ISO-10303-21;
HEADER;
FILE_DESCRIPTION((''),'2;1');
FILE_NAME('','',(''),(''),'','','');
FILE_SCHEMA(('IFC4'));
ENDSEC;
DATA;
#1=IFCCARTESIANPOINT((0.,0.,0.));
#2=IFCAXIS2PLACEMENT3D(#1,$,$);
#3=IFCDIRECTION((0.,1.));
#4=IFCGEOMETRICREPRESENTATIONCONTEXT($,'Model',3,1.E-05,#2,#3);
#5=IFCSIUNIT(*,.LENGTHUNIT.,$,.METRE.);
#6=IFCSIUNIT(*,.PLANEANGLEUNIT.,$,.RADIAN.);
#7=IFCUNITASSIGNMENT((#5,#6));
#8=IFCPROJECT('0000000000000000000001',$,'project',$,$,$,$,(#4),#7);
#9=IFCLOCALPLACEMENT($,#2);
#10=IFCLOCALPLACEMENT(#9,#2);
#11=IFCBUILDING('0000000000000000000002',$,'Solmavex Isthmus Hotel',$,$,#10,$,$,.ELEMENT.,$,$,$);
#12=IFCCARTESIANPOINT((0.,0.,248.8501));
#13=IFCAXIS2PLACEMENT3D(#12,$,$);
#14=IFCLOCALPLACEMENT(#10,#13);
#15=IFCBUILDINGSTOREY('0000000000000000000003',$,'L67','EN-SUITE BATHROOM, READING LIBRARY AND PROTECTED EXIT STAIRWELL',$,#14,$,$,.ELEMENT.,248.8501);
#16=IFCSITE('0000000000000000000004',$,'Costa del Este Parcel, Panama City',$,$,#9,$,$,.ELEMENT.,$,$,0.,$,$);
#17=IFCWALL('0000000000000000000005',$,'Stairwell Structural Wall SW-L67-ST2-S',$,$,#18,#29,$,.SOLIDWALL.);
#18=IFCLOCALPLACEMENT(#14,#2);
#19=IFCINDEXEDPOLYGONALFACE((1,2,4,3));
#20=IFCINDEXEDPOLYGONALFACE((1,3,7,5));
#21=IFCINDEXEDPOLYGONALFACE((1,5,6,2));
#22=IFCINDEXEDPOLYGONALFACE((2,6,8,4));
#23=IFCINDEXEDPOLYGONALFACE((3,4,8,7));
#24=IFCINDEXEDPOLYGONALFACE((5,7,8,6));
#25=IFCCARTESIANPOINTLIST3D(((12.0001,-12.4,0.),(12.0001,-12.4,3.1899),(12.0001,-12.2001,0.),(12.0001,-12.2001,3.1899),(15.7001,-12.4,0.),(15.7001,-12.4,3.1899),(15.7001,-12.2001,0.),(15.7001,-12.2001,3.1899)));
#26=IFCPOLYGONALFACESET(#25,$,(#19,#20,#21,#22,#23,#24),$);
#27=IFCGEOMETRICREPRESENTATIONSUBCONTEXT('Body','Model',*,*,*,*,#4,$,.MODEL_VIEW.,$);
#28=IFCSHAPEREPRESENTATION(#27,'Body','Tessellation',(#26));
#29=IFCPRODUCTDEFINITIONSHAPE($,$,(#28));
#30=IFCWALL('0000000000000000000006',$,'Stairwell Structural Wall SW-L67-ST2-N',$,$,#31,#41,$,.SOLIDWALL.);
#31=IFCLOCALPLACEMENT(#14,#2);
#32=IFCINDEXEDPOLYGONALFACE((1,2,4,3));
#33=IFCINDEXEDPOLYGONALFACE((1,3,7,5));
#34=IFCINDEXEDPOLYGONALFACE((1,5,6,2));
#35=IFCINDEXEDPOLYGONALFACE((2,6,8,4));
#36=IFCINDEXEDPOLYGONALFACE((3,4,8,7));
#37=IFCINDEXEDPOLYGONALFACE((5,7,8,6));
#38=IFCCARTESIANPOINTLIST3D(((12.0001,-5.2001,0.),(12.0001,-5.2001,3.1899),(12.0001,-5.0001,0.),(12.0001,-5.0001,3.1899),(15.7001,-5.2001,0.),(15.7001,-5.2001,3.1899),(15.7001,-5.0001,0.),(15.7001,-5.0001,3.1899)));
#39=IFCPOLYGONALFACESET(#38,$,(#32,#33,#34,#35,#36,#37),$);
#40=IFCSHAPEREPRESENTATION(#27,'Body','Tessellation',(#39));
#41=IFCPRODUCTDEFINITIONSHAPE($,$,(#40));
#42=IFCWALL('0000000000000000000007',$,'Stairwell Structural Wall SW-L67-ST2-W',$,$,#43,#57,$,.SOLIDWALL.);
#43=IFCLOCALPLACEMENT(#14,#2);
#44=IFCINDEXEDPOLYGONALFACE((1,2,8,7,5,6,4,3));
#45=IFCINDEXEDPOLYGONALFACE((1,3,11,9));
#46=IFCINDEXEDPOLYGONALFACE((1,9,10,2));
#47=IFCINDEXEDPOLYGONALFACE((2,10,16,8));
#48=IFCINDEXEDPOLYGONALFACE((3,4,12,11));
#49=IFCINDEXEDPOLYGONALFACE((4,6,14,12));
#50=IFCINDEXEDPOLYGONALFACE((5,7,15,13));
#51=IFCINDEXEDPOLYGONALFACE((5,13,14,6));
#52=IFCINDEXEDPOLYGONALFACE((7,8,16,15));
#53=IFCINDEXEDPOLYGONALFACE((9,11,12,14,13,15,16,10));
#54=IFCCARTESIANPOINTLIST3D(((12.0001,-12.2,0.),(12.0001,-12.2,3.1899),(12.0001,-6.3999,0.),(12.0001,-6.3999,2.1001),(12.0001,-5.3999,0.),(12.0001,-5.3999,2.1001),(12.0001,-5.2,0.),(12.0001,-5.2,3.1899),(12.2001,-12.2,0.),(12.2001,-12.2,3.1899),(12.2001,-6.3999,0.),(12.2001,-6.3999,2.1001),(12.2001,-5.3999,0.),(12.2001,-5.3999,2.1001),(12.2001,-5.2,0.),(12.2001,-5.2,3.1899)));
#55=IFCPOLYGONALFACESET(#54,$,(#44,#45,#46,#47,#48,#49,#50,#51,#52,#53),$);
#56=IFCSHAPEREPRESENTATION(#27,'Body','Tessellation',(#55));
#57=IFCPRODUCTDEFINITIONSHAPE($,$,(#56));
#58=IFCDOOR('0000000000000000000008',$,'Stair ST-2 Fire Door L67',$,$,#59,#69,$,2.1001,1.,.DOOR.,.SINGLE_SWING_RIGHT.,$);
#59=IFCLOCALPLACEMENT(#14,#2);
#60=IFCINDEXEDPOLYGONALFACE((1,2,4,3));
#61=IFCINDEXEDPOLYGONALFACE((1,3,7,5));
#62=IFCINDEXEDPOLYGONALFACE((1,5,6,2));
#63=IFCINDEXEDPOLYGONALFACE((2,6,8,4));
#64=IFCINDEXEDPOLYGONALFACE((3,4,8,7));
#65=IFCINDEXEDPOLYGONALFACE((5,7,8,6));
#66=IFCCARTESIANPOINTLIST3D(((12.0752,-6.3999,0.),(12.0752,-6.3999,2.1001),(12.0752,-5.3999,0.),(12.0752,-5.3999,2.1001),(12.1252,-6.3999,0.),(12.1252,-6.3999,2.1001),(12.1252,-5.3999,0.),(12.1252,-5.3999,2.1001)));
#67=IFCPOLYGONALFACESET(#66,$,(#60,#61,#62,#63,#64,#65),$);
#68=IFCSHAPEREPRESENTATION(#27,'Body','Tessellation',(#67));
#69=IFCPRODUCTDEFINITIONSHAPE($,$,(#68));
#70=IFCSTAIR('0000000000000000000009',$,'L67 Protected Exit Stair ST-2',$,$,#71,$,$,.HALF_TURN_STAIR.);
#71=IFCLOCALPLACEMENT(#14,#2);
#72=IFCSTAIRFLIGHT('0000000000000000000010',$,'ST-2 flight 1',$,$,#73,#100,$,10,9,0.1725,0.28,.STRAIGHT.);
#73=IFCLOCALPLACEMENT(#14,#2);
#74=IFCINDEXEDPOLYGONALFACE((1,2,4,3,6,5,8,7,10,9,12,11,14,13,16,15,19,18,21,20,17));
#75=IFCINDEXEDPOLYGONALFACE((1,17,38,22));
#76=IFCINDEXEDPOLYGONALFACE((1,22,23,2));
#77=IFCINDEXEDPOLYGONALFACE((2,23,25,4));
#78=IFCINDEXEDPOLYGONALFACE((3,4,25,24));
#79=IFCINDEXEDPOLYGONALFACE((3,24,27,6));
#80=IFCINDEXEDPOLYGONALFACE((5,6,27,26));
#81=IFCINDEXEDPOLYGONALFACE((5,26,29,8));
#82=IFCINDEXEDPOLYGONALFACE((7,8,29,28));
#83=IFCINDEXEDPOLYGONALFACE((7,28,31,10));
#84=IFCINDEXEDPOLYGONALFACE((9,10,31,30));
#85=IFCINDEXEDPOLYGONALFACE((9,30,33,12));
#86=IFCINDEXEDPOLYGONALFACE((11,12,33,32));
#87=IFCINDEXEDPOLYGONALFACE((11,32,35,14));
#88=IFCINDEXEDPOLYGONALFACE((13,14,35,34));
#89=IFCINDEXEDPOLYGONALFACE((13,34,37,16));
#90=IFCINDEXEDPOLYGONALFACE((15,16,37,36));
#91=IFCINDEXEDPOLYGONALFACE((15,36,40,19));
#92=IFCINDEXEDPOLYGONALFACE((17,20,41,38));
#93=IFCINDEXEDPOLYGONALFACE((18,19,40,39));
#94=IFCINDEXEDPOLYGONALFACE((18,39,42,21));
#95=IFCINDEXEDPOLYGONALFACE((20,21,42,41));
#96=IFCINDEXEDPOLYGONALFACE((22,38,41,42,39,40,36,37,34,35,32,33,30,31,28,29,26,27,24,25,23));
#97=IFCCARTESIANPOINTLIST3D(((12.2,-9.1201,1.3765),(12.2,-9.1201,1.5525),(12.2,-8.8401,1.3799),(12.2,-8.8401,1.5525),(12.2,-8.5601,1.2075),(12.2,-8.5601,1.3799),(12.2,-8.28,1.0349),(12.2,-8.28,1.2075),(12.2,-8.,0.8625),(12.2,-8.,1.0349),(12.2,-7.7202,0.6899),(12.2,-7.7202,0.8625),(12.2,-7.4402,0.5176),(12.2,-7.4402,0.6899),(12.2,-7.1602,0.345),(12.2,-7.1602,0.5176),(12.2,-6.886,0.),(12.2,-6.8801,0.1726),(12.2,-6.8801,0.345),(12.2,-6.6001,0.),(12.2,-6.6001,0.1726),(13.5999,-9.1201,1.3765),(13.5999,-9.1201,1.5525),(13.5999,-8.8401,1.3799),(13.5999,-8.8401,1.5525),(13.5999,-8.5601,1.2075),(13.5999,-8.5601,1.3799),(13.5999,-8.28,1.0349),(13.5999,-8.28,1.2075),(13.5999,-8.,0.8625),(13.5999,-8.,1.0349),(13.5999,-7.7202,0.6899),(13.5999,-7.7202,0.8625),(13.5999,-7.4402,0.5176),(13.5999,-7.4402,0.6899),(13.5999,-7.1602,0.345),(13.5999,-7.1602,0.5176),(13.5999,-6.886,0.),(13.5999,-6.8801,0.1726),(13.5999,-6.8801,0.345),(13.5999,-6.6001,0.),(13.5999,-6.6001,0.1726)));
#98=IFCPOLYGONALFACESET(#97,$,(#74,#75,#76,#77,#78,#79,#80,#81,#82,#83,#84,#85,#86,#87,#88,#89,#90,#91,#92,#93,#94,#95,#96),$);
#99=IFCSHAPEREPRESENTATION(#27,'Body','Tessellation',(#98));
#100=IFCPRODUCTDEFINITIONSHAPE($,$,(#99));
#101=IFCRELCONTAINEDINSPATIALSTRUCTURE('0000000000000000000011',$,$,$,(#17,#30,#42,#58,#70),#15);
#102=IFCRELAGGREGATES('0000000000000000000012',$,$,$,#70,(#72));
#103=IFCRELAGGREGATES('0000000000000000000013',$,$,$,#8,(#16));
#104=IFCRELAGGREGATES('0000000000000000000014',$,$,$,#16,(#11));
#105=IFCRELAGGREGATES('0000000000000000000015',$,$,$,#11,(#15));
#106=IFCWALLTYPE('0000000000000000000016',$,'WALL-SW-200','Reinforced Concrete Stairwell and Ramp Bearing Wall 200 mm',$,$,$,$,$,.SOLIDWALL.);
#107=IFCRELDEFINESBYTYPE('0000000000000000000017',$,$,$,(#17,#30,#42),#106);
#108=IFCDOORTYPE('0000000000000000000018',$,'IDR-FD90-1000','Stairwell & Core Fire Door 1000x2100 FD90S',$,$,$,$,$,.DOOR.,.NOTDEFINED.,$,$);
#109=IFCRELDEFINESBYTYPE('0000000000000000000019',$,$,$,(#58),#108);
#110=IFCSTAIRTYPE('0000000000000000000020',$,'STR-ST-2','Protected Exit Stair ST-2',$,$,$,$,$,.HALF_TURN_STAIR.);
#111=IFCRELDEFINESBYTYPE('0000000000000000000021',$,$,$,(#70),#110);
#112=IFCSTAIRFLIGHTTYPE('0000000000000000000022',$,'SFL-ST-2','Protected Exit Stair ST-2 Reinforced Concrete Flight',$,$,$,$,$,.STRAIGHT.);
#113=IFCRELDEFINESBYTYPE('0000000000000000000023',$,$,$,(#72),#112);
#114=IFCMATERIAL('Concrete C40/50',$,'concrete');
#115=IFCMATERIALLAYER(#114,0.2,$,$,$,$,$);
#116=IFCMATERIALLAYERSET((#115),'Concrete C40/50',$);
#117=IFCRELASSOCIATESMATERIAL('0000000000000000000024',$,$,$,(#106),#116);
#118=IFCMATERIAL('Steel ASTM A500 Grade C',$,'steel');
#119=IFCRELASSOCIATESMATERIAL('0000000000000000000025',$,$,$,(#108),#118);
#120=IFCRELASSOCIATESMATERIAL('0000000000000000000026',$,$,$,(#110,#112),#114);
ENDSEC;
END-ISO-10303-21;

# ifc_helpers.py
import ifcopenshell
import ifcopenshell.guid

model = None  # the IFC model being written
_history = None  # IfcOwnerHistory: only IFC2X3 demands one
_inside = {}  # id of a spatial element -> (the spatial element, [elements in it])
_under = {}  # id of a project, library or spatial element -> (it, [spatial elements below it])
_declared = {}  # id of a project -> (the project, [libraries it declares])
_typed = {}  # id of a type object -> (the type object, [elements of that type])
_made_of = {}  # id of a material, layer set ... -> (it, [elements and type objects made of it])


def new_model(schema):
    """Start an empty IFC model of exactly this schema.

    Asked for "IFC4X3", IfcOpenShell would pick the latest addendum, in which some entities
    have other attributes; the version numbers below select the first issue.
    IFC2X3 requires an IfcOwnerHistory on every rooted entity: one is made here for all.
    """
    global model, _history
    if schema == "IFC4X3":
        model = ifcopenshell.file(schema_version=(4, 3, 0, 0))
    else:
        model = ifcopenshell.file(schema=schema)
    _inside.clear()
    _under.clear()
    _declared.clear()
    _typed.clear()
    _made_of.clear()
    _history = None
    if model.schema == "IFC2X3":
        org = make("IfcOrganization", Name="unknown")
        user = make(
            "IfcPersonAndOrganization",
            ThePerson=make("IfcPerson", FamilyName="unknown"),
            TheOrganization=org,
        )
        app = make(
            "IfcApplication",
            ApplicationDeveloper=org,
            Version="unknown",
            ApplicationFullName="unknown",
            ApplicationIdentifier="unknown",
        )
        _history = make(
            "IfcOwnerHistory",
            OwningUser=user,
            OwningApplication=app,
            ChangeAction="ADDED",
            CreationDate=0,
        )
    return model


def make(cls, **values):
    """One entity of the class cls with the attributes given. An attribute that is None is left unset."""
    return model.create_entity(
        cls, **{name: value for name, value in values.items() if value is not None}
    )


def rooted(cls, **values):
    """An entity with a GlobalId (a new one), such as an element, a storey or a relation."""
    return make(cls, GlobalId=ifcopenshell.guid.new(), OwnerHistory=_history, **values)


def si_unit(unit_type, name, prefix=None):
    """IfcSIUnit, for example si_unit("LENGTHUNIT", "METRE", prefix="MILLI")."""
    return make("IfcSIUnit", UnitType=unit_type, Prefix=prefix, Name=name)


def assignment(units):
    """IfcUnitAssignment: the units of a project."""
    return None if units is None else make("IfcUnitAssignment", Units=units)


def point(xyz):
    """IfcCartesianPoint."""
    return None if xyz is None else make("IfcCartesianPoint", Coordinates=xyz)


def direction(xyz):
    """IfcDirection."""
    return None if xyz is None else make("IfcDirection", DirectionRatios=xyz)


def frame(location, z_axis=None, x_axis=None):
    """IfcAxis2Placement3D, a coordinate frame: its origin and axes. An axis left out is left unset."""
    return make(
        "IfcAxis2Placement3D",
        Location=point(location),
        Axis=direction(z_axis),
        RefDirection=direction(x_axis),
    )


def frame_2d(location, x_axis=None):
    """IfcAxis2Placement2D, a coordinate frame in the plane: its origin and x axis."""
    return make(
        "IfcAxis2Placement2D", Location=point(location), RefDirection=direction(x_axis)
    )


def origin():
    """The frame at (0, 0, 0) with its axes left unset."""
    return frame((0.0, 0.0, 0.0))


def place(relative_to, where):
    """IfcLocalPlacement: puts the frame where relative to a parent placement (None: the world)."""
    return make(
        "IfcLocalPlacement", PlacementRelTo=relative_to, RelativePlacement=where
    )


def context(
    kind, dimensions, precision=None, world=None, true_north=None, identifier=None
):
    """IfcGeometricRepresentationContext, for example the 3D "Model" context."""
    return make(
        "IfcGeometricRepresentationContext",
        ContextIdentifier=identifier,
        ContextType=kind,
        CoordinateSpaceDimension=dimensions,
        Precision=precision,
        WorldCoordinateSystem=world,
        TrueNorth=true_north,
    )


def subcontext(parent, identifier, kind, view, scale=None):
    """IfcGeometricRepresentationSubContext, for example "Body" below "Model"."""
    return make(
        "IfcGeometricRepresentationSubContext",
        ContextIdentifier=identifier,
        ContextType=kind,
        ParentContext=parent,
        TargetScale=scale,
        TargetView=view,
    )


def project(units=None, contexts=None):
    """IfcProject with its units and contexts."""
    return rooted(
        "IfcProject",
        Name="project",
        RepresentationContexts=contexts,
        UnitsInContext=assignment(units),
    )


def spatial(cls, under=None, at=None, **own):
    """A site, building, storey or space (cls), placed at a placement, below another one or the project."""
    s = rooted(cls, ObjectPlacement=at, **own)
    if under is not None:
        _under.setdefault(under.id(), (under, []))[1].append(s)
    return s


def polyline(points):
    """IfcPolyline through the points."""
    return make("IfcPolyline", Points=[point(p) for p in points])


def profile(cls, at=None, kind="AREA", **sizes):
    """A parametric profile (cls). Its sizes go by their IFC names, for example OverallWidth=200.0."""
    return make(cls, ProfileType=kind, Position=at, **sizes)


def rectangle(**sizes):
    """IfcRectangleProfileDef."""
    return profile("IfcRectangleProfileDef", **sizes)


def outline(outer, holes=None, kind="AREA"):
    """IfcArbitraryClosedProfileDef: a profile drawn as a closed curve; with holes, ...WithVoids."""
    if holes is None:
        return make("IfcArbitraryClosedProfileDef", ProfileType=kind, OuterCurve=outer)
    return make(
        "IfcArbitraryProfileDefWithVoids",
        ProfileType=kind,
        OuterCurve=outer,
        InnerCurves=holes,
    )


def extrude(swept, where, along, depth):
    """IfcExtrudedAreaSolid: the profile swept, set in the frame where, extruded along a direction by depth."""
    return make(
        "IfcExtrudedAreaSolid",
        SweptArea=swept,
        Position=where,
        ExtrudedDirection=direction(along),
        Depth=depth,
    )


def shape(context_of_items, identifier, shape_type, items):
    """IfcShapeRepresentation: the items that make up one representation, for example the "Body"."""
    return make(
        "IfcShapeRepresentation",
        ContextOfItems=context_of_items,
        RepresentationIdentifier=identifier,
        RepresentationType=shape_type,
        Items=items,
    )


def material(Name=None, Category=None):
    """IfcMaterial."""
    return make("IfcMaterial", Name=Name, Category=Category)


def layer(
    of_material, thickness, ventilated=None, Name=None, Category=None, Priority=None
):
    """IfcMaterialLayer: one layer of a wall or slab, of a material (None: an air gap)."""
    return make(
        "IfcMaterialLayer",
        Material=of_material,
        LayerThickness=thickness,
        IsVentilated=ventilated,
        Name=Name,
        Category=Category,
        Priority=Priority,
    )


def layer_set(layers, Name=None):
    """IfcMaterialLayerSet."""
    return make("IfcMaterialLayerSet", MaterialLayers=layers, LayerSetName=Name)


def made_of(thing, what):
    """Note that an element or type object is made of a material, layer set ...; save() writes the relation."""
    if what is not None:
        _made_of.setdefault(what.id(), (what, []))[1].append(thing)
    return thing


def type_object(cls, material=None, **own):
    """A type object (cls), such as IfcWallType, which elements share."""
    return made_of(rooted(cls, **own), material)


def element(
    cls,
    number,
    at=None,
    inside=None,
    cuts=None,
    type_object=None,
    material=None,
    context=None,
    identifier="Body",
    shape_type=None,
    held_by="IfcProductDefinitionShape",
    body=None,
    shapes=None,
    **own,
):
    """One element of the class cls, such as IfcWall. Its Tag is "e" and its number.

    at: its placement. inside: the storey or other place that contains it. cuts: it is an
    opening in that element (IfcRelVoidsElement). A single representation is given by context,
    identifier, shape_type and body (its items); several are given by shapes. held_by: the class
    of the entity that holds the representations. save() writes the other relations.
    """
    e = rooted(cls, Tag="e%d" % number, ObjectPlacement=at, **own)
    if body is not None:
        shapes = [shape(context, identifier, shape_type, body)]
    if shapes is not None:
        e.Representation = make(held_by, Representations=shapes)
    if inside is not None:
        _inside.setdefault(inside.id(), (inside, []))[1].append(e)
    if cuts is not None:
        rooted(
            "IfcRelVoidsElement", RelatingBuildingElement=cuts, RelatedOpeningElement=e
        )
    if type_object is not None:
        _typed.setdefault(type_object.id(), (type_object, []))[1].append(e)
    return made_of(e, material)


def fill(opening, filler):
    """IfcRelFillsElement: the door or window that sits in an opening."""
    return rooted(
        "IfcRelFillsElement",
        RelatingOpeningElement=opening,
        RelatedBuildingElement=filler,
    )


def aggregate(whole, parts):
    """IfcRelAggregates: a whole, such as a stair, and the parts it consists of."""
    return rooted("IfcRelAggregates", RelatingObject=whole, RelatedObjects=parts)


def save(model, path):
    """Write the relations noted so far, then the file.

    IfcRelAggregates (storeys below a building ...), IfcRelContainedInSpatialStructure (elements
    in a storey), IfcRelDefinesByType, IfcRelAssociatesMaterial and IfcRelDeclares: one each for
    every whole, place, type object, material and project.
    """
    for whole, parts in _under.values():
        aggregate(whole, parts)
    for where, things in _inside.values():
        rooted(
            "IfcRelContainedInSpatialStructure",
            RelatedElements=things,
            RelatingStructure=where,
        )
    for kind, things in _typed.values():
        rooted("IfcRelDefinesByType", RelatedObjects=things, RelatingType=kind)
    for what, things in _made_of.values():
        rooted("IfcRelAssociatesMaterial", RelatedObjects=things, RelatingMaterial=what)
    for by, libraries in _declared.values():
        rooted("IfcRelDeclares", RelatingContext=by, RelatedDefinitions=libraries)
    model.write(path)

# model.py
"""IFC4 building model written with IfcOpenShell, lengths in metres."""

from ifc_helpers import new_model, si_unit, direction, frame, frame_2d, origin, place, context, subcontext, project, spatial, polyline, rectangle, outline, extrude, material, layer, layer_set, type_object, element, fill, aggregate, save


model = new_model("IFC4")

# Units and contexts
model_context = context("Model", 3, precision=1e-05, world=origin(), true_north=direction((0.0, 1.0)))
body_context = subcontext(model_context, "Body", "Model", "MODEL_VIEW")
ifc_project = project(units=[si_unit("LENGTHUNIT", "METRE"), si_unit("PLANEANGLEUNIT", "RADIAN")], contexts=[model_context])

# Site, building, storey
site_placement = place(None, origin())
site = spatial("IfcSite", under=ifc_project, at=site_placement, Name="Costa del Este Parcel, Panama City", CompositionType="ELEMENT", RefElevation=0.0)
building_placement = place(site_placement, origin())
building = spatial("IfcBuilding", under=site, at=building_placement, Name="Solmavex Isthmus Hotel", CompositionType="ELEMENT")
storey_placement = place(building_placement, frame((0.0, 0.0, 248.8501)))
storey = spatial("IfcBuildingStorey", under=building, at=storey_placement, Name="L67", Description="EN-SUITE BATHROOM, READING LIBRARY AND PROTECTED EXIT STAIRWELL", CompositionType="ELEMENT", Elevation=248.8501)

# Shared definitions
ifc_material_1 = material(Name="Concrete C40/50", Category="concrete")

# Shared definitions
ifc_material_2 = material(Name="Steel ASTM A500 Grade C", Category="steel")

# Walls
ifc_layer_1 = layer(ifc_material_1, 0.2)
ifc_layer_set_1 = layer_set([ifc_layer_1], Name="Concrete C40/50")
wall_type_1 = type_object("IfcWallType", Name="WALL-SW-200", Description="Reinforced Concrete Stairwell and Ramp Bearing Wall 200 mm", PredefinedType="SOLIDWALL", material=ifc_layer_set_1)
for number, where, z_axis, x_axis, name in (
    (1, (12.0, -12.3, 0.0), (0.0, 0.0, 1.0), (1.0, 0.0, 0.0), "Stairwell Structural Wall SW-L67-ST2-S"),
    (2, (12.0, -5.1001, 0.0), (0.0, 0.0, 1.0), (1.0, 0.0, 0.0), "Stairwell Structural Wall SW-L67-ST2-N"),
):
    element("IfcWall", number, at=place(storey_placement, frame(where, z_axis=z_axis, x_axis=x_axis)), inside=storey, type_object=wall_type_1, Name=name, PredefinedType="SOLIDWALL", context=body_context, shape_type="SweptSolid", body=[
        extrude(rectangle(XDim=3.7, YDim=0.2, at=frame_2d((1.8501, 0.0))), origin(), (0.0, 0.0, 1.0), 3.1899),
    ])

# Wall, opening, door
wall_1_placement = place(storey_placement, frame((12.1001, -12.2, 0.0), z_axis=(0.0, 0.0, 1.0), x_axis=(0.0, 1.0, 0.0)))
wall_1 = element("IfcWall", 3, at=wall_1_placement, inside=storey, type_object=wall_type_1, Name="Stairwell Structural Wall SW-L67-ST2-W", PredefinedType="SOLIDWALL", context=body_context, shape_type="SweptSolid", body=[
    extrude(rectangle(XDim=7.0, YDim=0.2, at=frame_2d((3.5, 0.0))), origin(), (0.0, 0.0, 1.0), 3.1899),
])
opening_1_placement = place(wall_1_placement, frame((5.8, 0.0, 0.0)))
opening_1 = element("IfcOpeningElement", 4, at=opening_1_placement, cuts=wall_1, PredefinedType="OPENING", context=body_context, shape_type="SweptSolid", body=[
    extrude(rectangle(XDim=1.0, YDim=2.1001, at=frame_2d((0.5, 1.05))), frame((0.0, 0.1099, 0.0), z_axis=(0.0, -1.0, 0.0), x_axis=(1.0, 0.0, 0.0)), (0.0, 0.0, 1.0), 0.22),
])
door_type_1 = type_object("IfcDoorType", Name="IDR-FD90-1000", Description="Stairwell & Core Fire Door 1000x2100 FD90S", OperationType="NOTDEFINED", PredefinedType="DOOR", material=ifc_material_2)
door_1_placement = place(opening_1_placement, origin())
door_1 = element("IfcDoor", 5, at=door_1_placement, inside=storey, type_object=door_type_1, Name="Stair ST-2 Fire Door L67", OperationType="SINGLE_SWING_RIGHT", OverallHeight=2.1001, OverallWidth=1.0, PredefinedType="DOOR", context=body_context, shape_type="SweptSolid", body=[
    extrude(rectangle(XDim=1.0, YDim=2.1001, at=frame_2d((0.5, 1.05))), frame((0.0, 0.0249, 0.0), z_axis=(0.0, -1.0, 0.0), x_axis=(1.0, 0.0, 0.0)), (0.0, 0.0, 1.0), 0.05),
])
fill(opening_1, door_1)

# Stair, stair flight
stair_type = type_object("IfcStairType", Name="STR-ST-2", Description="Protected Exit Stair ST-2", PredefinedType="HALF_TURN_STAIR", material=ifc_material_1)
stair_placement = place(storey_placement, origin())
stair = element("IfcStair", 6, at=stair_placement, inside=storey, type_object=stair_type, Name="L67 Protected Exit Stair ST-2", PredefinedType="HALF_TURN_STAIR")
stair_flight_type = type_object("IfcStairFlightType", Name="SFL-ST-2", Description="Protected Exit Stair ST-2 Reinforced Concrete Flight", PredefinedType="STRAIGHT", material=ifc_material_1)
stair_flight_placement = place(storey_placement, frame((12.8999, -6.6001, 0.0), z_axis=(0.0, 0.0, 1.0), x_axis=(0.0, -1.0, 0.0)))
stair_flight = element("IfcStairFlight", 7, at=stair_flight_placement, type_object=stair_flight_type, Name="ST-2 flight 1", NumberOfRisers=10, NumberOfTreads=9, PredefinedType="STRAIGHT", RiserHeight=0.1725, TreadLength=0.28, context=body_context, shape_type="SweptSolid", body=[
    extrude(outline(polyline([(0.0, 0.0), (0.0, 0.1726), (0.28, 0.1726), (0.28, 0.345), (0.5601, 0.345), (0.5601, 0.5176), (0.8401, 0.5176), (0.8401, 0.6899), (1.1201, 0.6899), (1.1201, 0.8625), (1.3999, 0.8625), (1.3999, 1.0349), (1.6799, 1.0349), (1.6799, 1.2075), (1.96, 1.2075), (1.96, 1.3799), (2.24, 1.3799), (2.24, 1.5525), (2.52, 1.5525), (2.52, 1.7251), (2.52, 1.3765), (0.2859, 0.0), (0.0, 0.0)])), frame((0.0, 0.7, 0.0), z_axis=(0.0, -1.0, 0.0), x_axis=(1.0, 0.0, 0.0)), (0.0, 0.0, 1.0), 1.3999),
])
aggregate(stair, [stair_flight])

save(model, "model.ifc")
